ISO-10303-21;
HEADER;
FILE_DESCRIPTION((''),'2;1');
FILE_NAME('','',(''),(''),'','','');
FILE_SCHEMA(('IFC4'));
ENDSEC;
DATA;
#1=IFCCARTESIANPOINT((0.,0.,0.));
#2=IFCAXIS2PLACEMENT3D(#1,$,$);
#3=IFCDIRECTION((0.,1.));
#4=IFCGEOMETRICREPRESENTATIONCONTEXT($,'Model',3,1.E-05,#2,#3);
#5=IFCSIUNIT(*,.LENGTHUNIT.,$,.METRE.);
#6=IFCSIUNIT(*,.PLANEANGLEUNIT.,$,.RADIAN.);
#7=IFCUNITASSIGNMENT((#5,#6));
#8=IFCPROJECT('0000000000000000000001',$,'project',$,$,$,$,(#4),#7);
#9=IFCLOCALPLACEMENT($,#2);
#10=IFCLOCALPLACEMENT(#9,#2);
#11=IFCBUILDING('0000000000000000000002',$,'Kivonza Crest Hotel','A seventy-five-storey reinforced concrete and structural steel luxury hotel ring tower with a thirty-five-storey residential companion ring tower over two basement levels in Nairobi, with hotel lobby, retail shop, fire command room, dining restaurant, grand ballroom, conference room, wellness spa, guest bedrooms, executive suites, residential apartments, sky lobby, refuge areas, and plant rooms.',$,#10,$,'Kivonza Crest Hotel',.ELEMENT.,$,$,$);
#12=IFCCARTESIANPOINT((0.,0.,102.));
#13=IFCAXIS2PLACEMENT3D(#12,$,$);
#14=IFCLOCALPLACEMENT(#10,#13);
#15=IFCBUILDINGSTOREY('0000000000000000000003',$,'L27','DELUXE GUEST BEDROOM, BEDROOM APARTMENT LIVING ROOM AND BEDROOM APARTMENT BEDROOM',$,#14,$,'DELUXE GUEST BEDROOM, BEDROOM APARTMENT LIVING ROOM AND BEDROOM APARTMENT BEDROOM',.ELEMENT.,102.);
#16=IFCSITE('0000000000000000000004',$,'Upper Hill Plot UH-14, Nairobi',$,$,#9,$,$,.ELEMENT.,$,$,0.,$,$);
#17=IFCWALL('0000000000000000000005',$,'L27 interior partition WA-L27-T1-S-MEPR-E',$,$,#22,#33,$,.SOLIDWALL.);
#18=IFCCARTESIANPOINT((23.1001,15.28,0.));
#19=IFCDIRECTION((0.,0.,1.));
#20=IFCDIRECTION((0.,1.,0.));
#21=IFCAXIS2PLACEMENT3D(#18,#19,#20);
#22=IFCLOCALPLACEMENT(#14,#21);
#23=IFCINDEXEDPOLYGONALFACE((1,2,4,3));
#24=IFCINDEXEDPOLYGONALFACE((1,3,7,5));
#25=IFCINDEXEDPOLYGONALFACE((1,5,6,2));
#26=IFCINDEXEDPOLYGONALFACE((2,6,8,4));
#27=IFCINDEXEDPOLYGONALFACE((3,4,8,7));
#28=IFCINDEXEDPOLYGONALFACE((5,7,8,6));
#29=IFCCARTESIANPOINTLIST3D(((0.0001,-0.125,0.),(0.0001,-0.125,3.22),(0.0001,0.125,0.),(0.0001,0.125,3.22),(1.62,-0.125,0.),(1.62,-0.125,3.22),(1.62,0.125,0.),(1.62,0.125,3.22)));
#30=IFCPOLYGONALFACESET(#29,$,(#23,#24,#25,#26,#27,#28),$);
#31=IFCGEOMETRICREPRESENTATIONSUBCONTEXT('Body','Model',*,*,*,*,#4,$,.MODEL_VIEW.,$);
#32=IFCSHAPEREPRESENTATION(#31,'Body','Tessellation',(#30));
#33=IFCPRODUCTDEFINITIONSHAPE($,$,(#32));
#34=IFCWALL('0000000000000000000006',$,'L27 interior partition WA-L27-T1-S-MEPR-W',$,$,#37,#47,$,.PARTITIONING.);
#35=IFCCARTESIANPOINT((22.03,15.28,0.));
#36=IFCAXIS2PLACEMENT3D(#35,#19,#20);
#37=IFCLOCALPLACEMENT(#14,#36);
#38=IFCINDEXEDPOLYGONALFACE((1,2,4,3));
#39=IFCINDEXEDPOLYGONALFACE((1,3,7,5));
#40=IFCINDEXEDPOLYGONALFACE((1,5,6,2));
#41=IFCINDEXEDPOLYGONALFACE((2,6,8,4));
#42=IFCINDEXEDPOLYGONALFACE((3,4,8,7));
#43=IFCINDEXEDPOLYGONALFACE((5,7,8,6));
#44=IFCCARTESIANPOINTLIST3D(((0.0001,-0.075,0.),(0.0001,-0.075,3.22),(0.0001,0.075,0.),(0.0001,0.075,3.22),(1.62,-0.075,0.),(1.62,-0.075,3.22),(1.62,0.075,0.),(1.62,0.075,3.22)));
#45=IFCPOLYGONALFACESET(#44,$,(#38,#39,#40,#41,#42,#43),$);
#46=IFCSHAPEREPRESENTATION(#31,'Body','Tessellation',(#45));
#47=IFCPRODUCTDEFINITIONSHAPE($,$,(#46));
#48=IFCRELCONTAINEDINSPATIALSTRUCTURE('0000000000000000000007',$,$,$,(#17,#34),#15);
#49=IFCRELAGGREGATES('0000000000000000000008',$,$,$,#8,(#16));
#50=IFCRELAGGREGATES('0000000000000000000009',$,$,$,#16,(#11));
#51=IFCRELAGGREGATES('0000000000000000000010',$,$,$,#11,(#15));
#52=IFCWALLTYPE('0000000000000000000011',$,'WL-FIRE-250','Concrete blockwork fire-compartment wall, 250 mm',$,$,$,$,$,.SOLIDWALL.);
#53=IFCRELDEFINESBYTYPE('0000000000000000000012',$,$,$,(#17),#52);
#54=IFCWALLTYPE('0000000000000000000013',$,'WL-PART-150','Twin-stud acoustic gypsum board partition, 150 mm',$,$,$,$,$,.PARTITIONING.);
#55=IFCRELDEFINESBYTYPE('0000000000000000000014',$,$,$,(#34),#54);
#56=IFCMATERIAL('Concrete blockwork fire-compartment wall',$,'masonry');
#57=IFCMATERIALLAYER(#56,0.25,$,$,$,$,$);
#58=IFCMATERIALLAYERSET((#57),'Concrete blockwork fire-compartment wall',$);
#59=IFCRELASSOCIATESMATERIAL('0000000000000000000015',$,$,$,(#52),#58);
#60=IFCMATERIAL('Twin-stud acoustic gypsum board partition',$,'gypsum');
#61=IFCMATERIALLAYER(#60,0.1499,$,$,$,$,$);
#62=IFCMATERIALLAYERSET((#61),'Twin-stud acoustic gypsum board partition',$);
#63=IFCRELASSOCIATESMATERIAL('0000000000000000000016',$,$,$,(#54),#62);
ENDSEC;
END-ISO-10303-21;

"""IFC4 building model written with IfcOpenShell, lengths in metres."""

from ifc_helpers import new_model, si_unit, direction, frame, frame_2d, origin, place, context, subcontext, project, spatial, rectangle, extrude, material, layer, layer_set, type_object, element, save


model = new_model("IFC4")

# Units and contexts
model_context = context("Model", 3, precision=1e-05, world=origin(), true_north=direction((0.0, 1.0)))
body_context = subcontext(model_context, "Body", "Model", "MODEL_VIEW")
ifc_project = project(units=[si_unit("LENGTHUNIT", "METRE"), si_unit("PLANEANGLEUNIT", "RADIAN")], contexts=[model_context])

# Site, building, storey
site_placement = place(None, origin())
site = spatial("IfcSite", under=ifc_project, at=site_placement, Name="Upper Hill Plot UH-14, Nairobi", CompositionType="ELEMENT", RefElevation=0.0)
building_placement = place(site_placement, origin())
building = spatial("IfcBuilding", under=site, at=building_placement, Name="Kivonza Crest Hotel", Description="A seventy-five-storey reinforced concrete and structural steel luxury hotel ring tower with a thirty-five-storey residential companion ring tower over two basement levels in Nairobi, with hotel lobby, retail shop, fire command room, dining restaurant, grand ballroom, conference room, wellness spa, guest bedrooms, executive suites, residential apartments, sky lobby, refuge areas, and plant rooms.", LongName="Kivonza Crest Hotel", CompositionType="ELEMENT")
storey_placement = place(building_placement, frame((0.0, 0.0, 102.0)))
storey = spatial("IfcBuildingStorey", under=building, at=storey_placement, Name="L27", Description="DELUXE GUEST BEDROOM, BEDROOM APARTMENT LIVING ROOM AND BEDROOM APARTMENT BEDROOM", LongName="DELUXE GUEST BEDROOM, BEDROOM APARTMENT LIVING ROOM AND BEDROOM APARTMENT BEDROOM", CompositionType="ELEMENT", Elevation=102.0)

# Wall
ifc_material_1 = material(Name="Concrete blockwork fire-compartment wall", Category="masonry")
ifc_layer_1 = layer(ifc_material_1, 0.25)
ifc_layer_set_1 = layer_set([ifc_layer_1], Name="Concrete blockwork fire-compartment wall")
wall_type_1 = type_object("IfcWallType", Name="WL-FIRE-250", Description="Concrete blockwork fire-compartment wall, 250 mm", PredefinedType="SOLIDWALL", material=ifc_layer_set_1)
wall_1_placement = place(storey_placement, frame((23.1001, 15.28, 0.0), z_axis=(0.0, 0.0, 1.0), x_axis=(0.0, 1.0, 0.0)))
element("IfcWall", 1, at=wall_1_placement, inside=storey, type_object=wall_type_1, Name="L27 interior partition WA-L27-T1-S-MEPR-E", PredefinedType="SOLIDWALL", context=body_context, shape_type="SweptSolid", body=[
    extrude(rectangle(XDim=1.6199, YDim=0.25, at=frame_2d((0.8101, 0.0))), origin(), (0.0, 0.0, 1.0), 3.22),
])

# Wall
ifc_material_2 = material(Name="Twin-stud acoustic gypsum board partition", Category="gypsum")
ifc_layer_2 = layer(ifc_material_2, 0.1499)
ifc_layer_set_2 = layer_set([ifc_layer_2], Name="Twin-stud acoustic gypsum board partition")
wall_type_2 = type_object("IfcWallType", Name="WL-PART-150", Description="Twin-stud acoustic gypsum board partition, 150 mm", PredefinedType="PARTITIONING", material=ifc_layer_set_2)
wall_2_placement = place(storey_placement, frame((22.03, 15.28, 0.0), z_axis=(0.0, 0.0, 1.0), x_axis=(0.0, 1.0, 0.0)))
element("IfcWall", 2, at=wall_2_placement, inside=storey, type_object=wall_type_2, Name="L27 interior partition WA-L27-T1-S-MEPR-W", PredefinedType="PARTITIONING", context=body_context, shape_type="SweptSolid", body=[
    extrude(rectangle(XDim=1.6199, YDim=0.1499, at=frame_2d((0.8101, 0.0))), origin(), (0.0, 0.0, 1.0), 3.22),
])

save(model, "model.ifc")
